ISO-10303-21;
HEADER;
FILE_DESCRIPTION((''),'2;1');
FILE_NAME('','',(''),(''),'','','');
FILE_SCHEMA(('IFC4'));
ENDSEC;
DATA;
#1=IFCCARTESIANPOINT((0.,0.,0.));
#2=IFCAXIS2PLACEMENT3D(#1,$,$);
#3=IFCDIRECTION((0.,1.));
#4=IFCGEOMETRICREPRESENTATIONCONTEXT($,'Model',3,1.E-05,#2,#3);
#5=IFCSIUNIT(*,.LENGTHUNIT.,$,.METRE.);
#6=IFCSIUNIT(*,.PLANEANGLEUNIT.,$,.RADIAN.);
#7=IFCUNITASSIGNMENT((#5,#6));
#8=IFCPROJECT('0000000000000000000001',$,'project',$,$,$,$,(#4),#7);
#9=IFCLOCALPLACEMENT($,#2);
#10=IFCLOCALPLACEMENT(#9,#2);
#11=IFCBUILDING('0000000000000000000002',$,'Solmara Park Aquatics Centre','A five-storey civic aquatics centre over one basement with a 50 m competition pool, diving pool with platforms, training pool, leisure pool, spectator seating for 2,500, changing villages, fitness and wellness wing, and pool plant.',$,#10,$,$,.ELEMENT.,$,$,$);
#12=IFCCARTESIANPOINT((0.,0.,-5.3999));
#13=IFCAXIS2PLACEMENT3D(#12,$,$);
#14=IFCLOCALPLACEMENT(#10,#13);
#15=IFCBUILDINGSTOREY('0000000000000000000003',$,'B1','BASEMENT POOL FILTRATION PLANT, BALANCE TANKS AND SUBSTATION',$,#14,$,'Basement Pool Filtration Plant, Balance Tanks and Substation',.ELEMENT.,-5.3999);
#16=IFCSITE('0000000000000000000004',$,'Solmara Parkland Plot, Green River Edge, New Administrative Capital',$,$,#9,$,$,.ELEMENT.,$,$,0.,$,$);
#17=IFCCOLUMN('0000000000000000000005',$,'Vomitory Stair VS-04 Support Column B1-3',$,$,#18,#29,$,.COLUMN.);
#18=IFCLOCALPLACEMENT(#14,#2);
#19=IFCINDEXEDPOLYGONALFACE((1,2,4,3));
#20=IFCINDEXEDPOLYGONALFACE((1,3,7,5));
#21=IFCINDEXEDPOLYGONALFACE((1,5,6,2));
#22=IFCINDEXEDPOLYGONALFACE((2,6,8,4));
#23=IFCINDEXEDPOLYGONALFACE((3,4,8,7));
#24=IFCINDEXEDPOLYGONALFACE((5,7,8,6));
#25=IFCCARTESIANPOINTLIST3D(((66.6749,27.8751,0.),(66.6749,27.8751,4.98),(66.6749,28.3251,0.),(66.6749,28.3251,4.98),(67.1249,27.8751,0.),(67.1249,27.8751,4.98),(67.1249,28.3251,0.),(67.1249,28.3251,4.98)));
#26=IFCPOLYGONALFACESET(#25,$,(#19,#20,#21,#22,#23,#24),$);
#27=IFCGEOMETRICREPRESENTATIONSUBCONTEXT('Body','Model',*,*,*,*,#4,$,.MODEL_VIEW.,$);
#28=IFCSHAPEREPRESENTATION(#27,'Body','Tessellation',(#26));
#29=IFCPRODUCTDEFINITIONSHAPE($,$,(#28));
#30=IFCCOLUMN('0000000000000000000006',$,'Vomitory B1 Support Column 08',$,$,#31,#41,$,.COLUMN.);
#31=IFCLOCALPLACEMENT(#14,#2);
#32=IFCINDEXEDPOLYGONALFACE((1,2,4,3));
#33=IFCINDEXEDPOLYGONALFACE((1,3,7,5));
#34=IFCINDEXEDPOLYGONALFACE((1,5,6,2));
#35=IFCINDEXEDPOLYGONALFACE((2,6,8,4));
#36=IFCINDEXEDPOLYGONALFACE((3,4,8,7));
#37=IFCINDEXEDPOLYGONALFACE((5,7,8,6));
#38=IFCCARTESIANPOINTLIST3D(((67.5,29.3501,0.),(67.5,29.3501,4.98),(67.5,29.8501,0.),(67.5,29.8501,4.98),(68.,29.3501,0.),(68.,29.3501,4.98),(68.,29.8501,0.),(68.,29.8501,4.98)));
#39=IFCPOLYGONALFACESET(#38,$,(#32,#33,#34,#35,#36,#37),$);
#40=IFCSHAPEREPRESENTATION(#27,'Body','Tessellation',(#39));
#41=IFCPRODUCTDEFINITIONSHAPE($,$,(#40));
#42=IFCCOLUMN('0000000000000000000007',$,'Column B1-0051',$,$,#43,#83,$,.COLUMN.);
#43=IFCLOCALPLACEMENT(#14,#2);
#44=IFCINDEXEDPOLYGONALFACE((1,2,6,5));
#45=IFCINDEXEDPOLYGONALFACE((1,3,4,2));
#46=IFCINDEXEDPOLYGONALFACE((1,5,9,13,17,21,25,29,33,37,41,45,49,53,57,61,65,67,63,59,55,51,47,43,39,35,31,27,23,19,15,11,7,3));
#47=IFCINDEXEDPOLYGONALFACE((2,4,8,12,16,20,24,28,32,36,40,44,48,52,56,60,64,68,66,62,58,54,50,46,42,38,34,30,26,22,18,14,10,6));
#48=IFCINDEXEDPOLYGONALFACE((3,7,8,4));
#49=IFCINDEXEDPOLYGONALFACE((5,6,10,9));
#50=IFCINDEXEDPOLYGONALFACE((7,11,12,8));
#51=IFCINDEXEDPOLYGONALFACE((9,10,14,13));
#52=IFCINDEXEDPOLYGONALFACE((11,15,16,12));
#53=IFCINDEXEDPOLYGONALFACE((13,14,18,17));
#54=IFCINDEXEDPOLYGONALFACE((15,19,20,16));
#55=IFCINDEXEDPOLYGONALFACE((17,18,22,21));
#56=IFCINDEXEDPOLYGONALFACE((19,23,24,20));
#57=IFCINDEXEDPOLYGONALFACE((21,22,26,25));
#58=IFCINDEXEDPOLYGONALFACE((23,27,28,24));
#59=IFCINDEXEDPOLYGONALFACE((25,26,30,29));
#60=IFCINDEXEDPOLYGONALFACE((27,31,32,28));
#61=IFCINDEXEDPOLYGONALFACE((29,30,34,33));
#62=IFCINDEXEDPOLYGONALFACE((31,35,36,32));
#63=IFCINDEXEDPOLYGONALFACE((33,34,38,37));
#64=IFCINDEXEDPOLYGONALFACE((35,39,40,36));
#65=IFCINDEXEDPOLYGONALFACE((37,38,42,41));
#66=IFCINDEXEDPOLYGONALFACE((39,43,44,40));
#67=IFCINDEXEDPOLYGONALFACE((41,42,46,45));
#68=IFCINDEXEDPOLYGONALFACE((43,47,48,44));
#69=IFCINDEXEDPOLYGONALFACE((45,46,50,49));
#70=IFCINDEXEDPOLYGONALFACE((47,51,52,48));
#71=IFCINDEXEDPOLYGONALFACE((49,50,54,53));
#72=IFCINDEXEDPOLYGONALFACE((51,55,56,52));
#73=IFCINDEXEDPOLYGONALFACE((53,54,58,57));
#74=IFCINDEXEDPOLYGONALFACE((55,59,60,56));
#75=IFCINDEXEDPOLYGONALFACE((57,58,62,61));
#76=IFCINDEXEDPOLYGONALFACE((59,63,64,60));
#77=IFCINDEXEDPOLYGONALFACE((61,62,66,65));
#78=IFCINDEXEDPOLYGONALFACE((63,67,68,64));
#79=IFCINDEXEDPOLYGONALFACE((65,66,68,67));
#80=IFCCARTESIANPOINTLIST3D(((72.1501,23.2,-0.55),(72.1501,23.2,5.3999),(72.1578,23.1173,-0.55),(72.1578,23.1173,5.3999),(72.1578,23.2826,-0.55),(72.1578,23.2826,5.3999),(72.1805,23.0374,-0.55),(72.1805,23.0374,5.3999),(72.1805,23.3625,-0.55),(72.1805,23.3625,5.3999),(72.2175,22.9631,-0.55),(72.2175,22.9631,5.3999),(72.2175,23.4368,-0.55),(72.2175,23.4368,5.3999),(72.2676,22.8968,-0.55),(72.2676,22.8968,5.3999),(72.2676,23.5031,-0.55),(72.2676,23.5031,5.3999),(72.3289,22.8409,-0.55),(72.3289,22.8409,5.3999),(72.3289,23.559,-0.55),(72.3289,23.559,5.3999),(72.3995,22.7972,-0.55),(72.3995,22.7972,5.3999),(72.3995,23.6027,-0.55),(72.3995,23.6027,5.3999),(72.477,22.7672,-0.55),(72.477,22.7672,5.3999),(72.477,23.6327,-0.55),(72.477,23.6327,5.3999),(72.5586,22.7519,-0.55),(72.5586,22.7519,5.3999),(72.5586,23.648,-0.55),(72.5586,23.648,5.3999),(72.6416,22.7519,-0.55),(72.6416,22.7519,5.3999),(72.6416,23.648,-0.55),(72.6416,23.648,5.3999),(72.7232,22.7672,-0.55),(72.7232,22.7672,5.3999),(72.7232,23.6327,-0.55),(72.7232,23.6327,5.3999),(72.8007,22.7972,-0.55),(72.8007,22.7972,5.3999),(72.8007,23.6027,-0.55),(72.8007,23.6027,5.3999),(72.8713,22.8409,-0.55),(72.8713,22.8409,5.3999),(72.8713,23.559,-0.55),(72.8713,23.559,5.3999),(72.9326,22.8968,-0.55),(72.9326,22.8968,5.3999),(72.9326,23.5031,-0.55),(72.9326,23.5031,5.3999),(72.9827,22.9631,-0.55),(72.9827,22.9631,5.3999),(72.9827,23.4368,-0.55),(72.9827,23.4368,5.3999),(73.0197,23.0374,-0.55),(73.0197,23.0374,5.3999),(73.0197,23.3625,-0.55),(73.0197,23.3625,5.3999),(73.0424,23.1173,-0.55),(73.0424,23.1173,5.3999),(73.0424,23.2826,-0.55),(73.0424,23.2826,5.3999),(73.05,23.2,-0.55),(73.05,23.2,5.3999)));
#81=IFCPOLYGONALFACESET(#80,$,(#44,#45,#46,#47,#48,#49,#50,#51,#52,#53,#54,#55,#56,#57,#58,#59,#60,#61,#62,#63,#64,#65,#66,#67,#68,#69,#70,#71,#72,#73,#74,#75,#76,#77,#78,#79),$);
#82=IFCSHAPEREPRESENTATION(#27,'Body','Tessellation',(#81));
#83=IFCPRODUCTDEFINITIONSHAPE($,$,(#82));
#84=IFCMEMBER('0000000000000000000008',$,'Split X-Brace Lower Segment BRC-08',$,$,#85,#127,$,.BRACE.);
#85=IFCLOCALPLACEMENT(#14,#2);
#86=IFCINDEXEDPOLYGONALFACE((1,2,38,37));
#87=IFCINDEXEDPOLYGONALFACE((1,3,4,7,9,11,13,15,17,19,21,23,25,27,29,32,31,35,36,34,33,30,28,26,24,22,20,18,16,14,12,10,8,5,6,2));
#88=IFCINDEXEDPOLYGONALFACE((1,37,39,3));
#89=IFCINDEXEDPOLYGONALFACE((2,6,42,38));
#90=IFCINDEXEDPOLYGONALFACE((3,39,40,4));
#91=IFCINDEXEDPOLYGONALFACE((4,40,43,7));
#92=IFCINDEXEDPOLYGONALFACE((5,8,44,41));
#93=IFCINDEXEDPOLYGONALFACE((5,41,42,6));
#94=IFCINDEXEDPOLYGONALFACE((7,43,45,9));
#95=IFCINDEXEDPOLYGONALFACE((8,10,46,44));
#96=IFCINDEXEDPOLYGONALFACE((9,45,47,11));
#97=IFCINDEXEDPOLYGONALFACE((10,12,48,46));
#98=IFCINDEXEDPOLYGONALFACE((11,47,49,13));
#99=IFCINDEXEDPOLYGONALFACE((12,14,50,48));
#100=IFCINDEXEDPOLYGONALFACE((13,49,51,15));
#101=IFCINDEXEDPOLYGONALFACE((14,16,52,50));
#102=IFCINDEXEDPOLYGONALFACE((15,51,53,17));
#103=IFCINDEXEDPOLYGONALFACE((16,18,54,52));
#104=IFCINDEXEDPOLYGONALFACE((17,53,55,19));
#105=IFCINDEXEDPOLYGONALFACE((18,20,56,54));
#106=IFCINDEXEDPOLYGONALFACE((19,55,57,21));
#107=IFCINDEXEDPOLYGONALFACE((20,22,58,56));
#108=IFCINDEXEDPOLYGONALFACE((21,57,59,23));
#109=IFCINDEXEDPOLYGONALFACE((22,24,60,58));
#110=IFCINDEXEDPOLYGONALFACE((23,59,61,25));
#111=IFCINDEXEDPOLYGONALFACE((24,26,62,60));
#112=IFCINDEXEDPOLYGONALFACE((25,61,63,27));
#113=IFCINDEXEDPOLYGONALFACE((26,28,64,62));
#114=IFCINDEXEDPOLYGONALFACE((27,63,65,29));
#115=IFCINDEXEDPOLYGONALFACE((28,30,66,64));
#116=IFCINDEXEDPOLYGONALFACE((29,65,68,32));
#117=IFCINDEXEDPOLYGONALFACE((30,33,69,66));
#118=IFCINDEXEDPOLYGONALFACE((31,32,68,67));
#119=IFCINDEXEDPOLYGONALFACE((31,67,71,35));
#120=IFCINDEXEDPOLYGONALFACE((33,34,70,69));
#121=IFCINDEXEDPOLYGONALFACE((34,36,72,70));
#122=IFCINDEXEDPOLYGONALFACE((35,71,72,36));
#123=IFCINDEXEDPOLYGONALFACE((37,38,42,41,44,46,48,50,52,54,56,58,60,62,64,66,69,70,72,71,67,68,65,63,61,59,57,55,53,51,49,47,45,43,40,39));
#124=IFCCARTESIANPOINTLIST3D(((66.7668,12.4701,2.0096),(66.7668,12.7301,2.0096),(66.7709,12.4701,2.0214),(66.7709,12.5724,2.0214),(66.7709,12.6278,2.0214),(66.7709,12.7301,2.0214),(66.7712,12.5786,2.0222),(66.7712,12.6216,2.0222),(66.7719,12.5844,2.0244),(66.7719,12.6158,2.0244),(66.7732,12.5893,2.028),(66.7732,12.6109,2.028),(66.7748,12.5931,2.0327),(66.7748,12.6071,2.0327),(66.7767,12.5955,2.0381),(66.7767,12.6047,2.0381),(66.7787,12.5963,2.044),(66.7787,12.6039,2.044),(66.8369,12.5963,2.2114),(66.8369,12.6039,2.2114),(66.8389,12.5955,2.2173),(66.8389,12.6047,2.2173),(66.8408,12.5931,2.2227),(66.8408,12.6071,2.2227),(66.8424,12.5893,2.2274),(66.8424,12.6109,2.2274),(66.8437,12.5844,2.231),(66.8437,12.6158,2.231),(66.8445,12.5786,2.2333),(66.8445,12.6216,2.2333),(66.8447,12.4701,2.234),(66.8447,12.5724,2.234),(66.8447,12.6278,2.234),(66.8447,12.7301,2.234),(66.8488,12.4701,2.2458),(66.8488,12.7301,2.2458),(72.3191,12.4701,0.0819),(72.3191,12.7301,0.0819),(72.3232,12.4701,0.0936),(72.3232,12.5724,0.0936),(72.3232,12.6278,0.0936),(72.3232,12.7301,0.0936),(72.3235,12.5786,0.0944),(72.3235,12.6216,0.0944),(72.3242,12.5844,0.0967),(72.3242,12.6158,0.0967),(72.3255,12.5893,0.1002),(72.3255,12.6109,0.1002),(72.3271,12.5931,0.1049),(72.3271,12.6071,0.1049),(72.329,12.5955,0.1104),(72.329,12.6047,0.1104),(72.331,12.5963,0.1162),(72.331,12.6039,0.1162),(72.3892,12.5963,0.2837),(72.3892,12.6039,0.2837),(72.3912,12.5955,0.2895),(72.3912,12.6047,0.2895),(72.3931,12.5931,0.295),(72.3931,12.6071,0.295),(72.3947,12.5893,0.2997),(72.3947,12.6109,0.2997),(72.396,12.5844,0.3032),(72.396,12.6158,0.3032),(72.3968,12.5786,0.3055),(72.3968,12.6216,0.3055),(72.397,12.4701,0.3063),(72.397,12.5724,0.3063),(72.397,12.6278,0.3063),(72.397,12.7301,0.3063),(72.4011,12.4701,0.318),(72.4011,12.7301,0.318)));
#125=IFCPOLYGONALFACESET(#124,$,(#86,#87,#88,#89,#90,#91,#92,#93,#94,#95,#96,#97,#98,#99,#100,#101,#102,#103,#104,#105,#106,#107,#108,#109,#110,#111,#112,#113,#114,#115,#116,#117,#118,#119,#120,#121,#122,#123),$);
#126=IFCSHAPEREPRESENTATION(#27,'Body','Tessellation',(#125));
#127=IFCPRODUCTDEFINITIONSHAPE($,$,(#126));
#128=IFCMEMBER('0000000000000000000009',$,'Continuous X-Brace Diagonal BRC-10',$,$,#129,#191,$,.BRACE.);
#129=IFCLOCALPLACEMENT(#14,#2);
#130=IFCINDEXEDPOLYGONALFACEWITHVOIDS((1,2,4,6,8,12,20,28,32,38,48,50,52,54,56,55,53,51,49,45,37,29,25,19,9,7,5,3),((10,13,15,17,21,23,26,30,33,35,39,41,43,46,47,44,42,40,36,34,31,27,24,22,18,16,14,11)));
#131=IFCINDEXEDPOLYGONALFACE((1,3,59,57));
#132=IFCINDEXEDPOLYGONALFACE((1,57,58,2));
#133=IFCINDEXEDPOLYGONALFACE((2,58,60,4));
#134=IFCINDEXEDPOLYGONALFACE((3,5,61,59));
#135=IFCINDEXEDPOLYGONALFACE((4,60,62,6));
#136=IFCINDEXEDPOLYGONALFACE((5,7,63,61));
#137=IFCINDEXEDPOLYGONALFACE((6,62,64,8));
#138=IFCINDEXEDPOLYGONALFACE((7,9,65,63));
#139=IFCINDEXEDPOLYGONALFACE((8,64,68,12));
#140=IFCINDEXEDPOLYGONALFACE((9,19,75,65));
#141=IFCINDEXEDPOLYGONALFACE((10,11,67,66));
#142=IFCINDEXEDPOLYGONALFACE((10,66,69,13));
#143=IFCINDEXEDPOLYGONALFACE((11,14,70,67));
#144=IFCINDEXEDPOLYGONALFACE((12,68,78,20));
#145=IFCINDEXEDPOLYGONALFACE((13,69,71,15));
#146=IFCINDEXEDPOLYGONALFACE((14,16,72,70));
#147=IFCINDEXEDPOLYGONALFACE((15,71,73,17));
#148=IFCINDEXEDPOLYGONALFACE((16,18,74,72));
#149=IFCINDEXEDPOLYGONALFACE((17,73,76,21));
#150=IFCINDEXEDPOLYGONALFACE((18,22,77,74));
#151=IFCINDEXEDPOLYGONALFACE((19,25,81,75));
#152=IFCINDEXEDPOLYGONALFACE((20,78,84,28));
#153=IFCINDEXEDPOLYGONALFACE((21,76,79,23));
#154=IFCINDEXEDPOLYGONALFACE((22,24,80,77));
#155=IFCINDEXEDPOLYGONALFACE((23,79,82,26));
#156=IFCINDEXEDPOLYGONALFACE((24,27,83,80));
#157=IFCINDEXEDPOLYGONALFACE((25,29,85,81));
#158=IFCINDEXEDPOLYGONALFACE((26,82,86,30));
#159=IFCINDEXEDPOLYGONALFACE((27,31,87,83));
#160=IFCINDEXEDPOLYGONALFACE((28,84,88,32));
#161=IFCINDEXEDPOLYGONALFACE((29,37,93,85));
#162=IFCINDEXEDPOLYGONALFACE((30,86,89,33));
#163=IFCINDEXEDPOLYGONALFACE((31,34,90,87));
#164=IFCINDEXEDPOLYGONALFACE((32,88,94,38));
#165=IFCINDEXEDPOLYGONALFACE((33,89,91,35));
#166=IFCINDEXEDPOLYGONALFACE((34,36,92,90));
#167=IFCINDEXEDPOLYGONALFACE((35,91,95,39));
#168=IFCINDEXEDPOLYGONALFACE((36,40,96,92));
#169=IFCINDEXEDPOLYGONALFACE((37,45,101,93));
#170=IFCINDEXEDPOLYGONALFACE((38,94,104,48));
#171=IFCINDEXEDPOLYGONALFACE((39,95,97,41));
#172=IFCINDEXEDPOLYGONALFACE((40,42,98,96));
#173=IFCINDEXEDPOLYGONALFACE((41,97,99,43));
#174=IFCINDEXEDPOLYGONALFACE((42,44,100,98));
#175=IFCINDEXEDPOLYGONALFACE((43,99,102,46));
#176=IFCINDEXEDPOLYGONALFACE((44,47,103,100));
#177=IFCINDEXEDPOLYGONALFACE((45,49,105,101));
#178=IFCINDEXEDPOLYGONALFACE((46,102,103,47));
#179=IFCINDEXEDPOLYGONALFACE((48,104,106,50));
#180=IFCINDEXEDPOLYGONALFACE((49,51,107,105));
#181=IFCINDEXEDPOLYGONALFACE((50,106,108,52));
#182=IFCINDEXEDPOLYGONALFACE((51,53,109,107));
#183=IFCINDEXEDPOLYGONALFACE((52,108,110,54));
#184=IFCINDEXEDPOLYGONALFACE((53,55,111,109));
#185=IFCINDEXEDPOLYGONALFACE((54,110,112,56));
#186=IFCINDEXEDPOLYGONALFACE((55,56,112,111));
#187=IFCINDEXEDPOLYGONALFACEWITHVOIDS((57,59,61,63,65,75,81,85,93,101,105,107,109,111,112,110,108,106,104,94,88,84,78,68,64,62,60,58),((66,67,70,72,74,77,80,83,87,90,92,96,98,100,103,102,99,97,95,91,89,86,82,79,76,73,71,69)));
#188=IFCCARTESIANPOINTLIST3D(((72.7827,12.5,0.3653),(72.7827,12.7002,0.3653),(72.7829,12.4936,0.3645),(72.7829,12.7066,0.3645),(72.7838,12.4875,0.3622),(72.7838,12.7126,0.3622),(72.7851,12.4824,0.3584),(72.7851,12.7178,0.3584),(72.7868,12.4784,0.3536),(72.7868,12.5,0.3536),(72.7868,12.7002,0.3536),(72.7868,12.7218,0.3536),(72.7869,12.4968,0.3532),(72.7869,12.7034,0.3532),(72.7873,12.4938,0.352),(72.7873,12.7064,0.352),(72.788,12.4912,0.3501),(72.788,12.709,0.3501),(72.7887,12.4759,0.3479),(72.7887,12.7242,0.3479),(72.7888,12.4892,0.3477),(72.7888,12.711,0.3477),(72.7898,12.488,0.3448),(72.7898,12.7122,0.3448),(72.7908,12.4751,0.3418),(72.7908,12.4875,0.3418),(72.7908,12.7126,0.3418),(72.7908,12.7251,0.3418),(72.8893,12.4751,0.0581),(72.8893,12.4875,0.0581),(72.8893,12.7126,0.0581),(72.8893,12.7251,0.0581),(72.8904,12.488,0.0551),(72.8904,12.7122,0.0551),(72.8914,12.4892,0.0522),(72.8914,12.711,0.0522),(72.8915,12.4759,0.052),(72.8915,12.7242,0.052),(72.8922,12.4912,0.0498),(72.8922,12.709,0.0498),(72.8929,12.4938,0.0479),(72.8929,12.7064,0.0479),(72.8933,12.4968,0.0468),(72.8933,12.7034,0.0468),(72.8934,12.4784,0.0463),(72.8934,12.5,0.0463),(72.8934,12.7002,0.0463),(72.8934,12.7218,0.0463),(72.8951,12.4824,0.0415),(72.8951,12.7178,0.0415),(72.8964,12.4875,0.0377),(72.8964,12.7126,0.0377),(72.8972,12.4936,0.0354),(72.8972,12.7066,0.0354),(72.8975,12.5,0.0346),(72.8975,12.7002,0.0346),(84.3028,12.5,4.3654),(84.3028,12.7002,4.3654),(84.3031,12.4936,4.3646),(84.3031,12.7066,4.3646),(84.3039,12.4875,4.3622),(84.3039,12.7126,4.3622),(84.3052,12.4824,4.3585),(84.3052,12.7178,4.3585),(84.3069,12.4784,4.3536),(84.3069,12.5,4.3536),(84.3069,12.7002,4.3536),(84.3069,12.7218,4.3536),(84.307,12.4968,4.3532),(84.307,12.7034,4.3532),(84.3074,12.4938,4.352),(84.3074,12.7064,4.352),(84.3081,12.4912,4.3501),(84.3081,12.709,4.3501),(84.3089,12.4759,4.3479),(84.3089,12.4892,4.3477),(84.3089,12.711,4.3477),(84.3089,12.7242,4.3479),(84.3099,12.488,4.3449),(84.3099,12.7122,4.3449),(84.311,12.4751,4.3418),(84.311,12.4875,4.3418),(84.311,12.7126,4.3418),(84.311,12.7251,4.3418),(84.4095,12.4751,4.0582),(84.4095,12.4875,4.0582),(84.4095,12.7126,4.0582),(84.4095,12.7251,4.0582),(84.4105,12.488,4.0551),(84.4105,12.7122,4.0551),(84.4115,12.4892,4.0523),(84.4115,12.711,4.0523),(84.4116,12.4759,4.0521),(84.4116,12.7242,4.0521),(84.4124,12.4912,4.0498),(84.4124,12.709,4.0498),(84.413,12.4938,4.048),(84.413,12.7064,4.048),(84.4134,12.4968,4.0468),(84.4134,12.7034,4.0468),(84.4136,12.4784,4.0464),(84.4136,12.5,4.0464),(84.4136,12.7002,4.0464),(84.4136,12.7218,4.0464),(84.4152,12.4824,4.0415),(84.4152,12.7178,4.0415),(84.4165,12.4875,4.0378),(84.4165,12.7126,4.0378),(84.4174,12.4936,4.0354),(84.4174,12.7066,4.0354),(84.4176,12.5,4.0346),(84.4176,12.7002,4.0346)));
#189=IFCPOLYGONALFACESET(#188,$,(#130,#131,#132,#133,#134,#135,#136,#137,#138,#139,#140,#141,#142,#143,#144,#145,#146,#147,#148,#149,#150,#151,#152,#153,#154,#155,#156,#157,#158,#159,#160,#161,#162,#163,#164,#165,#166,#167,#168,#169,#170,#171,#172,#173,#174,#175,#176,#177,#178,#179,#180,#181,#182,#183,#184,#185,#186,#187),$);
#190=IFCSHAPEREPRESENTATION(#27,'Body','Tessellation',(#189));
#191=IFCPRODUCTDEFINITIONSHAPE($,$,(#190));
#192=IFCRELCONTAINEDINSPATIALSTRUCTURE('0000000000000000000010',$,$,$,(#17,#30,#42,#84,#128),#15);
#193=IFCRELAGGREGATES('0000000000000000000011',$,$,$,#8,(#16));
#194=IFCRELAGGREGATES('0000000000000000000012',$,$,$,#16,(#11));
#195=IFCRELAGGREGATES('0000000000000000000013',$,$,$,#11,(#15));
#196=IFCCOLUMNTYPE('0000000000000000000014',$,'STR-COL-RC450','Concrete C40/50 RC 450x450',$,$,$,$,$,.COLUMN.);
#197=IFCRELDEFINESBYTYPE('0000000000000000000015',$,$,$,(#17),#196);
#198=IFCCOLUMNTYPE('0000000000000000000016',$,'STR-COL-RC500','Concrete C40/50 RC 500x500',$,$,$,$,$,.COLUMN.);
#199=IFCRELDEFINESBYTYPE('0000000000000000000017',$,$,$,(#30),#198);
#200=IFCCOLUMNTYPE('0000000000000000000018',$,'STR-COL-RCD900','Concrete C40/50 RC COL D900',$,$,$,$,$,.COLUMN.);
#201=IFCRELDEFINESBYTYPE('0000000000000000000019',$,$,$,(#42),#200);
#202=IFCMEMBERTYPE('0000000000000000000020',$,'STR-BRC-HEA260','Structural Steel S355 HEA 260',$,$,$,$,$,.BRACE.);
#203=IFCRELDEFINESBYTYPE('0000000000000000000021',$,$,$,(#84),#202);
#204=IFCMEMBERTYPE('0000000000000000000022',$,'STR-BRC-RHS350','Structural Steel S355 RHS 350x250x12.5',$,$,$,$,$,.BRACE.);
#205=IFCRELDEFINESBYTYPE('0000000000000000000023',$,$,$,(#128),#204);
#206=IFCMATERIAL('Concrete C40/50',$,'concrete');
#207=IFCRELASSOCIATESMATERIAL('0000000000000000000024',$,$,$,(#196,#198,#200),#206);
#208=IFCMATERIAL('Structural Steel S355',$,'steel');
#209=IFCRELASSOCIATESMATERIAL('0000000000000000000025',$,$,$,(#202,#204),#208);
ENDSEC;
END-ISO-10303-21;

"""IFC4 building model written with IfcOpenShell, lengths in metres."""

from ifc_helpers import new_model, si_unit, direction, frame, origin, origin_2d, place, context, subcontext, project, spatial, rectangle, hollow_rectangle, circle, i_section, extrude, material, material_profile, profile_set, type_object, element, save


model = new_model("IFC4")

# Units and contexts
model_context = context("Model", 3, precision=1e-05, world=origin(), true_north=direction((0.0, 1.0)))
body_context = subcontext(model_context, "Body", "Model", "MODEL_VIEW")
ifc_project = project(units=[si_unit("LENGTHUNIT", "METRE"), si_unit("PLANEANGLEUNIT", "RADIAN")], contexts=[model_context])

# Site, building, storey
site_placement = place(None, origin())
site = spatial("IfcSite", under=ifc_project, at=site_placement, Name="Solmara Parkland Plot, Green River Edge, New Administrative Capital", CompositionType="ELEMENT", RefElevation=0.0)
building_placement = place(site_placement, origin())
building = spatial("IfcBuilding", under=site, at=building_placement, Name="Solmara Park Aquatics Centre", Description="A five-storey civic aquatics centre over one basement with a 50 m competition pool, diving pool with platforms, training pool, leisure pool, spectator seating for 2,500, changing villages, fitness and wellness wing, and pool plant.", CompositionType="ELEMENT")
storey_placement = place(building_placement, frame((0.0, 0.0, -5.3999)))
storey = spatial("IfcBuildingStorey", under=building, at=storey_placement, Name="B1", Description="BASEMENT POOL FILTRATION PLANT, BALANCE TANKS AND SUBSTATION", LongName="Basement Pool Filtration Plant, Balance Tanks and Substation", CompositionType="ELEMENT", Elevation=-5.3999)

# Columns
ifc_material_1 = material(Name="Structural Steel S355", Category="steel")
ifc_material_2 = material(Name="Concrete C40/50", Category="concrete")
ifc_material_profile_1 = material_profile(ifc_material_2, rectangle(XDim=0.45, YDim=0.45, at=origin_2d()), Name="RC 450x450")
ifc_profile_set_1 = profile_set([ifc_material_profile_1], Name="Concrete C40/50")
column_type_1 = type_object("IfcColumnType", Name="STR-COL-RC450", Description="Concrete C40/50 RC 450x450", PredefinedType="COLUMN", material=ifc_profile_set_1)
column_1_placement = place(storey_placement, frame((66.8999, 28.1001, 0.0), z_axis=(0.0, 0.0, 1.0), x_axis=(1.0, 0.0, 0.0)))
element("IfcColumn", 1, at=column_1_placement, inside=storey, type_object=column_type_1, Name="Vomitory Stair VS-04 Support Column B1-3", PredefinedType="COLUMN", context=body_context, shape_type="SweptSolid", body=[
    extrude(rectangle(XDim=0.45, YDim=0.45, at=origin_2d()), origin(), (0.0, 0.0, 1.0), 4.98),
])
ifc_material_profile_2 = material_profile(ifc_material_2, rectangle(XDim=0.5, YDim=0.5, at=origin_2d()), Name="RC 500x500")
ifc_profile_set_2 = profile_set([ifc_material_profile_2], Name="Concrete C40/50")
column_type_2 = type_object("IfcColumnType", Name="STR-COL-RC500", Description="Concrete C40/50 RC 500x500", PredefinedType="COLUMN", material=ifc_profile_set_2)
column_2_placement = place(storey_placement, frame((67.75, 29.6001, 0.0), z_axis=(0.0, 0.0, 1.0), x_axis=(1.0, 0.0, 0.0)))
element("IfcColumn", 2, at=column_2_placement, inside=storey, type_object=column_type_2, Name="Vomitory B1 Support Column 08", PredefinedType="COLUMN", context=body_context, shape_type="SweptSolid", body=[
    extrude(rectangle(XDim=0.5, YDim=0.5, at=origin_2d()), origin(), (0.0, 0.0, 1.0), 4.98),
])
ifc_material_profile_3 = material_profile(ifc_material_2, circle(Radius=0.45, at=origin_2d()), Name="RC COL D900")
ifc_profile_set_3 = profile_set([ifc_material_profile_3], Name="Concrete C40/50")
column_type_3 = type_object("IfcColumnType", Name="STR-COL-RCD900", Description="Concrete C40/50 RC COL D900", PredefinedType="COLUMN", material=ifc_profile_set_3)
column_3_placement = place(storey_placement, frame((72.6001, 23.2, -0.55), z_axis=(0.0, 0.0, 1.0), x_axis=(1.0, 0.0, 0.0)))
element("IfcColumn", 3, at=column_3_placement, inside=storey, type_object=column_type_3, Name="Column B1-0051", PredefinedType="COLUMN", context=body_context, shape_type="SweptSolid", body=[
    extrude(circle(Radius=0.45, at=origin_2d()), origin(), (0.0, 0.0, 1.0), 5.95),
])

# Members
ifc_material_profile_4 = material_profile(ifc_material_1, i_section(OverallWidth=0.26, OverallDepth=0.25, WebThickness=0.0076, FlangeThickness=0.0125, FilletRadius=0.0239, at=origin_2d()), Name="HEA 260")
ifc_profile_set_4 = profile_set([ifc_material_profile_4], Name="Structural Steel S355")
member_type_1 = type_object("IfcMemberType", Name="STR-BRC-HEA260", Description="Structural Steel S355 HEA 260", PredefinedType="BRACE", material=ifc_profile_set_4)
member_1_placement = place(storey_placement, frame((72.3601, 12.6001, 0.2), z_axis=(-0.94468, 0.0, 0.327992), x_axis=(0.0, -1.0, 0.0)))
element("IfcMember", 4, at=member_1_placement, inside=storey, type_object=member_type_1, Name="Split X-Brace Lower Segment BRC-08", PredefinedType="BRACE", context=body_context, shape_type="SweptSolid", body=[
    extrude(i_section(OverallWidth=0.26, OverallDepth=0.25, WebThickness=0.0076, FlangeThickness=0.0125, FilletRadius=0.0239, at=origin_2d()), origin(), (0.0, 0.0, 1.0), 5.8774),
])
ifc_material_profile_5 = material_profile(ifc_material_1, hollow_rectangle(XDim=0.25, YDim=0.3501, WallThickness=0.0125, InnerFilletRadius=0.0125, OuterFilletRadius=0.0249, at=origin_2d()), Name="RHS 350x250x12.5")
ifc_profile_set_5 = profile_set([ifc_material_profile_5], Name="Structural Steel S355")
member_type_2 = type_object("IfcMemberType", Name="STR-BRC-RHS350", Description="Structural Steel S355 RHS 350x250x12.5", PredefinedType="BRACE", material=ifc_profile_set_5)
member_2_placement = place(storey_placement, frame((72.8401, 12.6001, 0.2), z_axis=(0.944674, 0.0, 0.328011), x_axis=(0.0, 1.0, 0.0)))
element("IfcMember", 5, at=member_2_placement, inside=storey, type_object=member_type_2, Name="Continuous X-Brace Diagonal BRC-10", PredefinedType="BRACE", context=body_context, shape_type="SweptSolid", body=[
    extrude(hollow_rectangle(XDim=0.25, YDim=0.3501, WallThickness=0.0125, InnerFilletRadius=0.0125, OuterFilletRadius=0.0249, at=origin_2d()), origin(), (0.0, 0.0, 1.0), 12.1948),
])

save(model, "model.ifc")
